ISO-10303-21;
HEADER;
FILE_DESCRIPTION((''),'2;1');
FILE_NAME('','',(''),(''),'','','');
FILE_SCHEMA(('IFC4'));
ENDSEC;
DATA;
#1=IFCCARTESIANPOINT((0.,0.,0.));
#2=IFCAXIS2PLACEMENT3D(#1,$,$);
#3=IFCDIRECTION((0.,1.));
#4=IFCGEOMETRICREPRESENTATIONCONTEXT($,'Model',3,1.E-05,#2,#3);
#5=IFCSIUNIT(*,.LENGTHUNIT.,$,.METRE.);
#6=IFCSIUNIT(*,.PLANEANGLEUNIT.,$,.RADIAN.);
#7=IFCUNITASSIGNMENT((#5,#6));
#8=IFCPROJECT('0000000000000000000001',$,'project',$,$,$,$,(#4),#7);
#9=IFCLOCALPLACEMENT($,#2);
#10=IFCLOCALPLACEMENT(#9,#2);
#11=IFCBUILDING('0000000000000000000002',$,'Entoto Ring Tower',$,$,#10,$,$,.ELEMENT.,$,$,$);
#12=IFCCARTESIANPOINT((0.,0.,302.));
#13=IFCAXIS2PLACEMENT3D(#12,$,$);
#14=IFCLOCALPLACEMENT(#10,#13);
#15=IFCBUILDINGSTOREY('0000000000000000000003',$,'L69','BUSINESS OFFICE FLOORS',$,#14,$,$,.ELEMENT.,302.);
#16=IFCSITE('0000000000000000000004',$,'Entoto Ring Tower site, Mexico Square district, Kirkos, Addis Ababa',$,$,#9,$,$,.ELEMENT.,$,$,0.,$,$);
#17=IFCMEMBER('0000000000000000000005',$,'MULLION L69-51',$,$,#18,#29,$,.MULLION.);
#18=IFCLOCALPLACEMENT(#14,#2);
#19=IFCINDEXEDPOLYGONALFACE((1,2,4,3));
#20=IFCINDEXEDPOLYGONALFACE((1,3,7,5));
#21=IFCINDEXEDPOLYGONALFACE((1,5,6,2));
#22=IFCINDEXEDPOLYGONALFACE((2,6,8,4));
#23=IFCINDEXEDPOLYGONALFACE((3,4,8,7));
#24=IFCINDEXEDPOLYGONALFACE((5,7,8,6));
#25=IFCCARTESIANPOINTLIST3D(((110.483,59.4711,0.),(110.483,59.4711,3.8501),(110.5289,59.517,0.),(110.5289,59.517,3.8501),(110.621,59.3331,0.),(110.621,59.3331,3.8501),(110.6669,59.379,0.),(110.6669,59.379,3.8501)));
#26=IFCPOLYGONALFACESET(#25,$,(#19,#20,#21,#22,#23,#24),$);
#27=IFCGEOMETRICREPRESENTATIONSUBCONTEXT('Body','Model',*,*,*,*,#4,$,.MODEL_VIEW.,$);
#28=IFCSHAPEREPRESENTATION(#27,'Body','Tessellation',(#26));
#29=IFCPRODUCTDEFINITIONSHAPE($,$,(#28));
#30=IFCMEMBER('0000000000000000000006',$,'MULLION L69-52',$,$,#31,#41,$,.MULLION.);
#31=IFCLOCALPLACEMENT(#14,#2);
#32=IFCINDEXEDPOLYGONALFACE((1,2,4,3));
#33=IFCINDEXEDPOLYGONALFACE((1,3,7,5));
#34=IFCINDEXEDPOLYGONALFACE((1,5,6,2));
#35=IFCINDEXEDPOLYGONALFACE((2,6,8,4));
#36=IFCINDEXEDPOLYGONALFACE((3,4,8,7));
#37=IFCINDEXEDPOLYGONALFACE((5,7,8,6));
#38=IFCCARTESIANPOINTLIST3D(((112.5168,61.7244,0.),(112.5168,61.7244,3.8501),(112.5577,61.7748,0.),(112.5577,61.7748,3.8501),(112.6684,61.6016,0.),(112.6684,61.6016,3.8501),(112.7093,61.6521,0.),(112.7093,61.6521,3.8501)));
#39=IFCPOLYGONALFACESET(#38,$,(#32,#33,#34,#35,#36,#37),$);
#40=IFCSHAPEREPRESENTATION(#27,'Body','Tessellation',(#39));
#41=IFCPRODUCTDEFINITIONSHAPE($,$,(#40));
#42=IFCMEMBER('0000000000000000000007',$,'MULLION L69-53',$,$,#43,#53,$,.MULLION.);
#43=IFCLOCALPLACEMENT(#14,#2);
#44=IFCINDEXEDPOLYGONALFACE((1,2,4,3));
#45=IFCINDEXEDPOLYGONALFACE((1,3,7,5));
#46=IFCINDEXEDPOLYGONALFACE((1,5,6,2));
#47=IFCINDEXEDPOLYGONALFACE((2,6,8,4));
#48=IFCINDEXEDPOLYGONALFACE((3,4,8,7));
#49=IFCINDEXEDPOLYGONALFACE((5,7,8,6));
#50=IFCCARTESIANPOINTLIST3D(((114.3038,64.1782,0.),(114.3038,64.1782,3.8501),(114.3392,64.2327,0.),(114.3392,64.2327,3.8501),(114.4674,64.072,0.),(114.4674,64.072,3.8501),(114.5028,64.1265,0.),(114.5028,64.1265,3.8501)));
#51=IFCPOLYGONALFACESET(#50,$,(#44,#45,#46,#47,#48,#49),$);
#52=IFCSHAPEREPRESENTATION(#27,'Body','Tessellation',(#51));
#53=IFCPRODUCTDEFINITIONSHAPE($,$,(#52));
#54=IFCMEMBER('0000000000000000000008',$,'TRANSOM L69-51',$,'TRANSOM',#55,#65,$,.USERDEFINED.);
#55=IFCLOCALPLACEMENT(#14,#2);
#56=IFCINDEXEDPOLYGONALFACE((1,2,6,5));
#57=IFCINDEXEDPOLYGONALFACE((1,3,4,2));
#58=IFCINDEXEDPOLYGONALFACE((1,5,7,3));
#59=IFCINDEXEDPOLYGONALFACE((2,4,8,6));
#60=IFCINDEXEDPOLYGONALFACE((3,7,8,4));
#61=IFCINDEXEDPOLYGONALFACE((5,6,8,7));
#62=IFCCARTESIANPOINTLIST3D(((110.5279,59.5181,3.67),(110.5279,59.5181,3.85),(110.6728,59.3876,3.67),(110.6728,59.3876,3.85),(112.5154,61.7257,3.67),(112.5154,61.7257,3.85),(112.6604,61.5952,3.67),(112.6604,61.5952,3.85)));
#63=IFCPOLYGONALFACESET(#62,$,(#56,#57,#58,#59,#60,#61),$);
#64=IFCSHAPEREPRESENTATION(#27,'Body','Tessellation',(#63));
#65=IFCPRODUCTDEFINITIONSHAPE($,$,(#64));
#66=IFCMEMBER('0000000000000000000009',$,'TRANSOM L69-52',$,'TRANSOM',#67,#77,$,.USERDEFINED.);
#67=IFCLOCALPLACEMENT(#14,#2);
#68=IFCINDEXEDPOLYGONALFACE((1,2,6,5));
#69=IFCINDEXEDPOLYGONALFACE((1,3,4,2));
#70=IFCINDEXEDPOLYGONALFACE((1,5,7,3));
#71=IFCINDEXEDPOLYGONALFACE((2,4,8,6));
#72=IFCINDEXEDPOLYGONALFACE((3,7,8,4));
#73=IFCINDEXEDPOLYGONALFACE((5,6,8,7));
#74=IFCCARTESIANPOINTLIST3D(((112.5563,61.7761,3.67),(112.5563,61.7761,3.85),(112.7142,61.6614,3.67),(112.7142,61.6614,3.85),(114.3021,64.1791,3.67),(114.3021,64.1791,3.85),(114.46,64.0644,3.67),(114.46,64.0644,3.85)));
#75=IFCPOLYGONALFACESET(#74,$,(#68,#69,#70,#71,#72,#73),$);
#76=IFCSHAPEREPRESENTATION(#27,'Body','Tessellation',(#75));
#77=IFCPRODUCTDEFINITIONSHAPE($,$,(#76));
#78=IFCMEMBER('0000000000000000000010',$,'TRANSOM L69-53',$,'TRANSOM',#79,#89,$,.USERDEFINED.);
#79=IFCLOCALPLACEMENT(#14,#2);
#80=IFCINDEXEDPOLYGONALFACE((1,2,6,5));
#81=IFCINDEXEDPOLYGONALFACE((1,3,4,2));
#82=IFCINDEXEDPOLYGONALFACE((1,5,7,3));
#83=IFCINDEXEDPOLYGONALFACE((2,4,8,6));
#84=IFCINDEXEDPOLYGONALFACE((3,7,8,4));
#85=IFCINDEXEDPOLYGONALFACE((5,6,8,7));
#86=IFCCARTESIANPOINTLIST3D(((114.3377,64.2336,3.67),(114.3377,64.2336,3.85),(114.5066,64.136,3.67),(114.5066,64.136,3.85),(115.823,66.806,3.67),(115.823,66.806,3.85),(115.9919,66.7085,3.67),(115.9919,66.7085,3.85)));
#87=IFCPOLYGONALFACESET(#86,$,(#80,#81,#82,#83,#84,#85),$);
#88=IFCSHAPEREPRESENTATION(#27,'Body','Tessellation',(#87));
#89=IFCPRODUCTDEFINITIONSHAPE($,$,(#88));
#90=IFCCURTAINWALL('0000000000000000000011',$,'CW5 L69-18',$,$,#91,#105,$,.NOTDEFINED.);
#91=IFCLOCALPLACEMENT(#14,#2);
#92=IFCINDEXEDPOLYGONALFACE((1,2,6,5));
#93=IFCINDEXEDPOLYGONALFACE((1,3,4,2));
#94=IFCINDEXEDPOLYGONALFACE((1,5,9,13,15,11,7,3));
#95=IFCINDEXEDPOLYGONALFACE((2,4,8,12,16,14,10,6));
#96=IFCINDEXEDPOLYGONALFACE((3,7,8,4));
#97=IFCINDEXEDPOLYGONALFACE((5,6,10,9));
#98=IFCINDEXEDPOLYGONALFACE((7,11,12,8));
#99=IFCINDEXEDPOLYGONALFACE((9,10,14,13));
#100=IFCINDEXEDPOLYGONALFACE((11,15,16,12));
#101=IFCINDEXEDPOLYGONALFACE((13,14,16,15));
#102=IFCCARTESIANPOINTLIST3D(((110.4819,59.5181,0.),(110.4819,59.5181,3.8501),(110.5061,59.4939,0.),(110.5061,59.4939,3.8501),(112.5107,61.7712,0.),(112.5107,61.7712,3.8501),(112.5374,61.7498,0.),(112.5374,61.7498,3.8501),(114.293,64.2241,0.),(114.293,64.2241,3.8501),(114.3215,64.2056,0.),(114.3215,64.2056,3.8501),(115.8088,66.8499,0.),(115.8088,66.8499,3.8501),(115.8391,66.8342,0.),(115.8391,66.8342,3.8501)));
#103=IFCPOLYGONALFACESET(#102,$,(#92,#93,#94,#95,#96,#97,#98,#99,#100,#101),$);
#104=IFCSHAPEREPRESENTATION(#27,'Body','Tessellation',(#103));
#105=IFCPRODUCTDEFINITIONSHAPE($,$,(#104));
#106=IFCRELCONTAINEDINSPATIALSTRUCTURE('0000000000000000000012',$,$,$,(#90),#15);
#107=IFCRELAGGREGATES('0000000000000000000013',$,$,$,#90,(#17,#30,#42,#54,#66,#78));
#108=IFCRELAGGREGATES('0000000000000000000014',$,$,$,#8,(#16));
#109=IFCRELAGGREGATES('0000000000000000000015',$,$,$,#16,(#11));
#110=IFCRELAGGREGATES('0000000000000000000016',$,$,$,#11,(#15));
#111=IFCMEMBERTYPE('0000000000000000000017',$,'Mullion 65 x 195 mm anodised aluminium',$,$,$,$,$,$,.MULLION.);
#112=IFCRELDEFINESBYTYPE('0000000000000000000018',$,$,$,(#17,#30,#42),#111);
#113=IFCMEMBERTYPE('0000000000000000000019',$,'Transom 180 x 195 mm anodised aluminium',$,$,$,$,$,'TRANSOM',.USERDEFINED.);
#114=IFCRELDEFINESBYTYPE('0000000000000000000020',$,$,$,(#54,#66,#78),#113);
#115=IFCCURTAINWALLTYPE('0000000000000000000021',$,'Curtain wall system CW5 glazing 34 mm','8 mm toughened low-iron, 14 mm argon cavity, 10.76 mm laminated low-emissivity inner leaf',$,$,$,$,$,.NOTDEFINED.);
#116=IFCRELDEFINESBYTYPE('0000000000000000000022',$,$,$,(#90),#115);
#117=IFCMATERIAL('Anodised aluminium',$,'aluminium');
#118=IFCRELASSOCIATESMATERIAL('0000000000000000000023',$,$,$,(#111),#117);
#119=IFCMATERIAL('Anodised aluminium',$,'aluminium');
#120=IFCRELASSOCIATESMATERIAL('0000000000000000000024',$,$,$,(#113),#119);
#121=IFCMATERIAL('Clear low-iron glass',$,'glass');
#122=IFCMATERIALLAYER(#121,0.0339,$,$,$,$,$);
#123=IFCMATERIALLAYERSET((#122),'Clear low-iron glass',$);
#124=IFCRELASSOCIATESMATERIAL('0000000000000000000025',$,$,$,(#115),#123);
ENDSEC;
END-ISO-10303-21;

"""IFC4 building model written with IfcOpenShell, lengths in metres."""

from ifc_helpers import new_model, si_unit, direction, frame, origin, origin_2d, place, context, subcontext, project, spatial, polyline, rectangle, outline, extrude, material, layer, layer_set, material_profile, profile_set, type_object, element, aggregate, save


model = new_model("IFC4")

# Units and contexts
model_context = context("Model", 3, precision=1e-05, world=origin(), true_north=direction((0.0, 1.0)))
body_context = subcontext(model_context, "Body", "Model", "MODEL_VIEW")
ifc_project = project(units=[si_unit("LENGTHUNIT", "METRE"), si_unit("PLANEANGLEUNIT", "RADIAN")], contexts=[model_context])

# Members
ifc_material_1 = material(Name="Anodised aluminium", Category="aluminium")
ifc_material_profile_1 = material_profile(ifc_material_1, rectangle(XDim=0.0649, YDim=0.1951, at=origin_2d()), Name="Mullion 65 x 195 mm anodised aluminium")
ifc_profile_set_1 = profile_set([ifc_material_profile_1], Name="Anodised aluminium")
member_type_1 = type_object("IfcMemberType", Name="Mullion 65 x 195 mm anodised aluminium", PredefinedType="MULLION", material=ifc_profile_set_1)
site_placement = place(None, origin())
building_placement = place(site_placement, origin())
storey_placement = place(building_placement, frame((0.0, 0.0, 302.0)))
member_1_placement = place(storey_placement, frame((110.575, 59.425, 0.0), z_axis=(0.0, 0.0, 1.0), x_axis=(0.707107, 0.707107, 0.0)))
member_1 = element("IfcMember", 1, at=member_1_placement, type_object=member_type_1, Name="MULLION L69-51", PredefinedType="MULLION", context=body_context, shape_type="SweptSolid", body=[
    extrude(rectangle(XDim=0.0649, YDim=0.1951, at=origin_2d()), origin(), (0.0, 0.0, 1.0), 3.8501),
])
member_2_placement = place(storey_placement, frame((112.613, 61.6882, 0.0), z_axis=(0.0, 0.0, 1.0), x_axis=(0.62932, 0.777146, 0.0)))
member_2 = element("IfcMember", 2, at=member_2_placement, type_object=member_type_1, Name="MULLION L69-52", PredefinedType="MULLION", context=body_context, shape_type="SweptSolid", body=[
    extrude(rectangle(XDim=0.0649, YDim=0.1951, at=origin_2d()), origin(), (0.0, 0.0, 1.0), 3.8501),
])
member_3_placement = place(storey_placement, frame((114.4033, 64.1523, 0.0), z_axis=(0.0, 0.0, 1.0), x_axis=(0.544639, 0.838671, 0.0)))
member_3 = element("IfcMember", 3, at=member_3_placement, type_object=member_type_1, Name="MULLION L69-53", PredefinedType="MULLION", context=body_context, shape_type="SweptSolid", body=[
    extrude(rectangle(XDim=0.0649, YDim=0.1951, at=origin_2d()), origin(), (0.0, 0.0, 1.0), 3.8501),
])
ifc_material_2 = material(Name="Anodised aluminium", Category="aluminium")
ifc_material_profile_2 = material_profile(ifc_material_2, rectangle(XDim=0.1951, YDim=0.1799, at=origin_2d()), Name="Transom 180 x 195 mm anodised aluminium")
ifc_profile_set_2 = profile_set([ifc_material_profile_2], Name="Anodised aluminium")
member_type_2 = type_object("IfcMemberType", Name="Transom 180 x 195 mm anodised aluminium", ElementType="TRANSOM", PredefinedType="USERDEFINED", material=ifc_profile_set_2)
member_4_placement = place(storey_placement, frame((110.6003, 59.4529, 3.76), z_axis=(0.66911, 0.743163, 0.0), x_axis=(-0.743163, 0.66911, 0.0)))
member_4 = element("IfcMember", 4, at=member_4_placement, type_object=member_type_2, Name="TRANSOM L69-51", ObjectType="TRANSOM", PredefinedType="USERDEFINED", context=body_context, shape_type="SweptSolid", body=[
    extrude(rectangle(XDim=0.1951, YDim=0.1799, at=origin_2d()), origin(), (0.0, 0.0, 1.0), 2.9705),
])
member_5_placement = place(storey_placement, frame((112.6353, 61.7188, 3.76), z_axis=(0.587766, 0.809031, 0.0), x_axis=(-0.809031, 0.587766, 0.0)))
member_5 = element("IfcMember", 5, at=member_5_placement, type_object=member_type_2, Name="TRANSOM L69-52", ObjectType="TRANSOM", PredefinedType="USERDEFINED", context=body_context, shape_type="SweptSolid", body=[
    extrude(rectangle(XDim=0.1951, YDim=0.1799, at=origin_2d()), origin(), (0.0, 0.0, 1.0), 2.9702),
])
member_6_placement = place(storey_placement, frame((114.4221, 64.1848, 3.76), z_axis=(0.500028, 0.866009, 0.0), x_axis=(-0.866009, 0.500028, 0.0)))
member_6 = element("IfcMember", 6, at=member_6_placement, type_object=member_type_2, Name="TRANSOM L69-53", ObjectType="TRANSOM", PredefinedType="USERDEFINED", context=body_context, shape_type="SweptSolid", body=[
    extrude(rectangle(XDim=0.1951, YDim=0.1799, at=origin_2d()), origin(), (0.0, 0.0, 1.0), 2.9705),
])

# Site, building, storey
site = spatial("IfcSite", under=ifc_project, at=site_placement, Name="Entoto Ring Tower site, Mexico Square district, Kirkos, Addis Ababa", CompositionType="ELEMENT", RefElevation=0.0)
building = spatial("IfcBuilding", under=site, at=building_placement, Name="Entoto Ring Tower", CompositionType="ELEMENT")
storey = spatial("IfcBuildingStorey", under=building, at=storey_placement, Name="L69", Description="BUSINESS OFFICE FLOORS", CompositionType="ELEMENT", Elevation=302.0)

# Curtain wall
ifc_material_3 = material(Name="Clear low-iron glass", Category="glass")
ifc_layer_1 = layer(ifc_material_3, 0.0339)
ifc_layer_set_1 = layer_set([ifc_layer_1], Name="Clear low-iron glass")
curtain_wall_type = type_object("IfcCurtainWallType", Name="Curtain wall system CW5 glazing 34 mm", Description="8 mm toughened low-iron, 14 mm argon cavity, 10.76 mm laminated low-emissivity inner leaf", PredefinedType="NOTDEFINED", material=ifc_layer_set_1)
curtain_wall_1_placement = place(storey_placement, origin())
curtain_wall_1 = element("IfcCurtainWall", 7, at=curtain_wall_1_placement, inside=storey, type_object=curtain_wall_type, Name="CW5 L69-18", PredefinedType="NOTDEFINED", context=body_context, shape_type="SweptSolid", body=[
    extrude(outline(polyline([(110.5061, 59.4939), (112.5374, 61.7498), (114.3215, 64.2056), (115.8391, 66.8342), (115.8088, 66.8499), (114.293, 64.2241), (112.5107, 61.7712), (110.4819, 59.5181), (110.5061, 59.4939)])), origin(), (0.0, 0.0, 1.0), 3.8501),
])
aggregate(curtain_wall_1, [member_1, member_2, member_3, member_4, member_5, member_6])

save(model, "model.ifc")
